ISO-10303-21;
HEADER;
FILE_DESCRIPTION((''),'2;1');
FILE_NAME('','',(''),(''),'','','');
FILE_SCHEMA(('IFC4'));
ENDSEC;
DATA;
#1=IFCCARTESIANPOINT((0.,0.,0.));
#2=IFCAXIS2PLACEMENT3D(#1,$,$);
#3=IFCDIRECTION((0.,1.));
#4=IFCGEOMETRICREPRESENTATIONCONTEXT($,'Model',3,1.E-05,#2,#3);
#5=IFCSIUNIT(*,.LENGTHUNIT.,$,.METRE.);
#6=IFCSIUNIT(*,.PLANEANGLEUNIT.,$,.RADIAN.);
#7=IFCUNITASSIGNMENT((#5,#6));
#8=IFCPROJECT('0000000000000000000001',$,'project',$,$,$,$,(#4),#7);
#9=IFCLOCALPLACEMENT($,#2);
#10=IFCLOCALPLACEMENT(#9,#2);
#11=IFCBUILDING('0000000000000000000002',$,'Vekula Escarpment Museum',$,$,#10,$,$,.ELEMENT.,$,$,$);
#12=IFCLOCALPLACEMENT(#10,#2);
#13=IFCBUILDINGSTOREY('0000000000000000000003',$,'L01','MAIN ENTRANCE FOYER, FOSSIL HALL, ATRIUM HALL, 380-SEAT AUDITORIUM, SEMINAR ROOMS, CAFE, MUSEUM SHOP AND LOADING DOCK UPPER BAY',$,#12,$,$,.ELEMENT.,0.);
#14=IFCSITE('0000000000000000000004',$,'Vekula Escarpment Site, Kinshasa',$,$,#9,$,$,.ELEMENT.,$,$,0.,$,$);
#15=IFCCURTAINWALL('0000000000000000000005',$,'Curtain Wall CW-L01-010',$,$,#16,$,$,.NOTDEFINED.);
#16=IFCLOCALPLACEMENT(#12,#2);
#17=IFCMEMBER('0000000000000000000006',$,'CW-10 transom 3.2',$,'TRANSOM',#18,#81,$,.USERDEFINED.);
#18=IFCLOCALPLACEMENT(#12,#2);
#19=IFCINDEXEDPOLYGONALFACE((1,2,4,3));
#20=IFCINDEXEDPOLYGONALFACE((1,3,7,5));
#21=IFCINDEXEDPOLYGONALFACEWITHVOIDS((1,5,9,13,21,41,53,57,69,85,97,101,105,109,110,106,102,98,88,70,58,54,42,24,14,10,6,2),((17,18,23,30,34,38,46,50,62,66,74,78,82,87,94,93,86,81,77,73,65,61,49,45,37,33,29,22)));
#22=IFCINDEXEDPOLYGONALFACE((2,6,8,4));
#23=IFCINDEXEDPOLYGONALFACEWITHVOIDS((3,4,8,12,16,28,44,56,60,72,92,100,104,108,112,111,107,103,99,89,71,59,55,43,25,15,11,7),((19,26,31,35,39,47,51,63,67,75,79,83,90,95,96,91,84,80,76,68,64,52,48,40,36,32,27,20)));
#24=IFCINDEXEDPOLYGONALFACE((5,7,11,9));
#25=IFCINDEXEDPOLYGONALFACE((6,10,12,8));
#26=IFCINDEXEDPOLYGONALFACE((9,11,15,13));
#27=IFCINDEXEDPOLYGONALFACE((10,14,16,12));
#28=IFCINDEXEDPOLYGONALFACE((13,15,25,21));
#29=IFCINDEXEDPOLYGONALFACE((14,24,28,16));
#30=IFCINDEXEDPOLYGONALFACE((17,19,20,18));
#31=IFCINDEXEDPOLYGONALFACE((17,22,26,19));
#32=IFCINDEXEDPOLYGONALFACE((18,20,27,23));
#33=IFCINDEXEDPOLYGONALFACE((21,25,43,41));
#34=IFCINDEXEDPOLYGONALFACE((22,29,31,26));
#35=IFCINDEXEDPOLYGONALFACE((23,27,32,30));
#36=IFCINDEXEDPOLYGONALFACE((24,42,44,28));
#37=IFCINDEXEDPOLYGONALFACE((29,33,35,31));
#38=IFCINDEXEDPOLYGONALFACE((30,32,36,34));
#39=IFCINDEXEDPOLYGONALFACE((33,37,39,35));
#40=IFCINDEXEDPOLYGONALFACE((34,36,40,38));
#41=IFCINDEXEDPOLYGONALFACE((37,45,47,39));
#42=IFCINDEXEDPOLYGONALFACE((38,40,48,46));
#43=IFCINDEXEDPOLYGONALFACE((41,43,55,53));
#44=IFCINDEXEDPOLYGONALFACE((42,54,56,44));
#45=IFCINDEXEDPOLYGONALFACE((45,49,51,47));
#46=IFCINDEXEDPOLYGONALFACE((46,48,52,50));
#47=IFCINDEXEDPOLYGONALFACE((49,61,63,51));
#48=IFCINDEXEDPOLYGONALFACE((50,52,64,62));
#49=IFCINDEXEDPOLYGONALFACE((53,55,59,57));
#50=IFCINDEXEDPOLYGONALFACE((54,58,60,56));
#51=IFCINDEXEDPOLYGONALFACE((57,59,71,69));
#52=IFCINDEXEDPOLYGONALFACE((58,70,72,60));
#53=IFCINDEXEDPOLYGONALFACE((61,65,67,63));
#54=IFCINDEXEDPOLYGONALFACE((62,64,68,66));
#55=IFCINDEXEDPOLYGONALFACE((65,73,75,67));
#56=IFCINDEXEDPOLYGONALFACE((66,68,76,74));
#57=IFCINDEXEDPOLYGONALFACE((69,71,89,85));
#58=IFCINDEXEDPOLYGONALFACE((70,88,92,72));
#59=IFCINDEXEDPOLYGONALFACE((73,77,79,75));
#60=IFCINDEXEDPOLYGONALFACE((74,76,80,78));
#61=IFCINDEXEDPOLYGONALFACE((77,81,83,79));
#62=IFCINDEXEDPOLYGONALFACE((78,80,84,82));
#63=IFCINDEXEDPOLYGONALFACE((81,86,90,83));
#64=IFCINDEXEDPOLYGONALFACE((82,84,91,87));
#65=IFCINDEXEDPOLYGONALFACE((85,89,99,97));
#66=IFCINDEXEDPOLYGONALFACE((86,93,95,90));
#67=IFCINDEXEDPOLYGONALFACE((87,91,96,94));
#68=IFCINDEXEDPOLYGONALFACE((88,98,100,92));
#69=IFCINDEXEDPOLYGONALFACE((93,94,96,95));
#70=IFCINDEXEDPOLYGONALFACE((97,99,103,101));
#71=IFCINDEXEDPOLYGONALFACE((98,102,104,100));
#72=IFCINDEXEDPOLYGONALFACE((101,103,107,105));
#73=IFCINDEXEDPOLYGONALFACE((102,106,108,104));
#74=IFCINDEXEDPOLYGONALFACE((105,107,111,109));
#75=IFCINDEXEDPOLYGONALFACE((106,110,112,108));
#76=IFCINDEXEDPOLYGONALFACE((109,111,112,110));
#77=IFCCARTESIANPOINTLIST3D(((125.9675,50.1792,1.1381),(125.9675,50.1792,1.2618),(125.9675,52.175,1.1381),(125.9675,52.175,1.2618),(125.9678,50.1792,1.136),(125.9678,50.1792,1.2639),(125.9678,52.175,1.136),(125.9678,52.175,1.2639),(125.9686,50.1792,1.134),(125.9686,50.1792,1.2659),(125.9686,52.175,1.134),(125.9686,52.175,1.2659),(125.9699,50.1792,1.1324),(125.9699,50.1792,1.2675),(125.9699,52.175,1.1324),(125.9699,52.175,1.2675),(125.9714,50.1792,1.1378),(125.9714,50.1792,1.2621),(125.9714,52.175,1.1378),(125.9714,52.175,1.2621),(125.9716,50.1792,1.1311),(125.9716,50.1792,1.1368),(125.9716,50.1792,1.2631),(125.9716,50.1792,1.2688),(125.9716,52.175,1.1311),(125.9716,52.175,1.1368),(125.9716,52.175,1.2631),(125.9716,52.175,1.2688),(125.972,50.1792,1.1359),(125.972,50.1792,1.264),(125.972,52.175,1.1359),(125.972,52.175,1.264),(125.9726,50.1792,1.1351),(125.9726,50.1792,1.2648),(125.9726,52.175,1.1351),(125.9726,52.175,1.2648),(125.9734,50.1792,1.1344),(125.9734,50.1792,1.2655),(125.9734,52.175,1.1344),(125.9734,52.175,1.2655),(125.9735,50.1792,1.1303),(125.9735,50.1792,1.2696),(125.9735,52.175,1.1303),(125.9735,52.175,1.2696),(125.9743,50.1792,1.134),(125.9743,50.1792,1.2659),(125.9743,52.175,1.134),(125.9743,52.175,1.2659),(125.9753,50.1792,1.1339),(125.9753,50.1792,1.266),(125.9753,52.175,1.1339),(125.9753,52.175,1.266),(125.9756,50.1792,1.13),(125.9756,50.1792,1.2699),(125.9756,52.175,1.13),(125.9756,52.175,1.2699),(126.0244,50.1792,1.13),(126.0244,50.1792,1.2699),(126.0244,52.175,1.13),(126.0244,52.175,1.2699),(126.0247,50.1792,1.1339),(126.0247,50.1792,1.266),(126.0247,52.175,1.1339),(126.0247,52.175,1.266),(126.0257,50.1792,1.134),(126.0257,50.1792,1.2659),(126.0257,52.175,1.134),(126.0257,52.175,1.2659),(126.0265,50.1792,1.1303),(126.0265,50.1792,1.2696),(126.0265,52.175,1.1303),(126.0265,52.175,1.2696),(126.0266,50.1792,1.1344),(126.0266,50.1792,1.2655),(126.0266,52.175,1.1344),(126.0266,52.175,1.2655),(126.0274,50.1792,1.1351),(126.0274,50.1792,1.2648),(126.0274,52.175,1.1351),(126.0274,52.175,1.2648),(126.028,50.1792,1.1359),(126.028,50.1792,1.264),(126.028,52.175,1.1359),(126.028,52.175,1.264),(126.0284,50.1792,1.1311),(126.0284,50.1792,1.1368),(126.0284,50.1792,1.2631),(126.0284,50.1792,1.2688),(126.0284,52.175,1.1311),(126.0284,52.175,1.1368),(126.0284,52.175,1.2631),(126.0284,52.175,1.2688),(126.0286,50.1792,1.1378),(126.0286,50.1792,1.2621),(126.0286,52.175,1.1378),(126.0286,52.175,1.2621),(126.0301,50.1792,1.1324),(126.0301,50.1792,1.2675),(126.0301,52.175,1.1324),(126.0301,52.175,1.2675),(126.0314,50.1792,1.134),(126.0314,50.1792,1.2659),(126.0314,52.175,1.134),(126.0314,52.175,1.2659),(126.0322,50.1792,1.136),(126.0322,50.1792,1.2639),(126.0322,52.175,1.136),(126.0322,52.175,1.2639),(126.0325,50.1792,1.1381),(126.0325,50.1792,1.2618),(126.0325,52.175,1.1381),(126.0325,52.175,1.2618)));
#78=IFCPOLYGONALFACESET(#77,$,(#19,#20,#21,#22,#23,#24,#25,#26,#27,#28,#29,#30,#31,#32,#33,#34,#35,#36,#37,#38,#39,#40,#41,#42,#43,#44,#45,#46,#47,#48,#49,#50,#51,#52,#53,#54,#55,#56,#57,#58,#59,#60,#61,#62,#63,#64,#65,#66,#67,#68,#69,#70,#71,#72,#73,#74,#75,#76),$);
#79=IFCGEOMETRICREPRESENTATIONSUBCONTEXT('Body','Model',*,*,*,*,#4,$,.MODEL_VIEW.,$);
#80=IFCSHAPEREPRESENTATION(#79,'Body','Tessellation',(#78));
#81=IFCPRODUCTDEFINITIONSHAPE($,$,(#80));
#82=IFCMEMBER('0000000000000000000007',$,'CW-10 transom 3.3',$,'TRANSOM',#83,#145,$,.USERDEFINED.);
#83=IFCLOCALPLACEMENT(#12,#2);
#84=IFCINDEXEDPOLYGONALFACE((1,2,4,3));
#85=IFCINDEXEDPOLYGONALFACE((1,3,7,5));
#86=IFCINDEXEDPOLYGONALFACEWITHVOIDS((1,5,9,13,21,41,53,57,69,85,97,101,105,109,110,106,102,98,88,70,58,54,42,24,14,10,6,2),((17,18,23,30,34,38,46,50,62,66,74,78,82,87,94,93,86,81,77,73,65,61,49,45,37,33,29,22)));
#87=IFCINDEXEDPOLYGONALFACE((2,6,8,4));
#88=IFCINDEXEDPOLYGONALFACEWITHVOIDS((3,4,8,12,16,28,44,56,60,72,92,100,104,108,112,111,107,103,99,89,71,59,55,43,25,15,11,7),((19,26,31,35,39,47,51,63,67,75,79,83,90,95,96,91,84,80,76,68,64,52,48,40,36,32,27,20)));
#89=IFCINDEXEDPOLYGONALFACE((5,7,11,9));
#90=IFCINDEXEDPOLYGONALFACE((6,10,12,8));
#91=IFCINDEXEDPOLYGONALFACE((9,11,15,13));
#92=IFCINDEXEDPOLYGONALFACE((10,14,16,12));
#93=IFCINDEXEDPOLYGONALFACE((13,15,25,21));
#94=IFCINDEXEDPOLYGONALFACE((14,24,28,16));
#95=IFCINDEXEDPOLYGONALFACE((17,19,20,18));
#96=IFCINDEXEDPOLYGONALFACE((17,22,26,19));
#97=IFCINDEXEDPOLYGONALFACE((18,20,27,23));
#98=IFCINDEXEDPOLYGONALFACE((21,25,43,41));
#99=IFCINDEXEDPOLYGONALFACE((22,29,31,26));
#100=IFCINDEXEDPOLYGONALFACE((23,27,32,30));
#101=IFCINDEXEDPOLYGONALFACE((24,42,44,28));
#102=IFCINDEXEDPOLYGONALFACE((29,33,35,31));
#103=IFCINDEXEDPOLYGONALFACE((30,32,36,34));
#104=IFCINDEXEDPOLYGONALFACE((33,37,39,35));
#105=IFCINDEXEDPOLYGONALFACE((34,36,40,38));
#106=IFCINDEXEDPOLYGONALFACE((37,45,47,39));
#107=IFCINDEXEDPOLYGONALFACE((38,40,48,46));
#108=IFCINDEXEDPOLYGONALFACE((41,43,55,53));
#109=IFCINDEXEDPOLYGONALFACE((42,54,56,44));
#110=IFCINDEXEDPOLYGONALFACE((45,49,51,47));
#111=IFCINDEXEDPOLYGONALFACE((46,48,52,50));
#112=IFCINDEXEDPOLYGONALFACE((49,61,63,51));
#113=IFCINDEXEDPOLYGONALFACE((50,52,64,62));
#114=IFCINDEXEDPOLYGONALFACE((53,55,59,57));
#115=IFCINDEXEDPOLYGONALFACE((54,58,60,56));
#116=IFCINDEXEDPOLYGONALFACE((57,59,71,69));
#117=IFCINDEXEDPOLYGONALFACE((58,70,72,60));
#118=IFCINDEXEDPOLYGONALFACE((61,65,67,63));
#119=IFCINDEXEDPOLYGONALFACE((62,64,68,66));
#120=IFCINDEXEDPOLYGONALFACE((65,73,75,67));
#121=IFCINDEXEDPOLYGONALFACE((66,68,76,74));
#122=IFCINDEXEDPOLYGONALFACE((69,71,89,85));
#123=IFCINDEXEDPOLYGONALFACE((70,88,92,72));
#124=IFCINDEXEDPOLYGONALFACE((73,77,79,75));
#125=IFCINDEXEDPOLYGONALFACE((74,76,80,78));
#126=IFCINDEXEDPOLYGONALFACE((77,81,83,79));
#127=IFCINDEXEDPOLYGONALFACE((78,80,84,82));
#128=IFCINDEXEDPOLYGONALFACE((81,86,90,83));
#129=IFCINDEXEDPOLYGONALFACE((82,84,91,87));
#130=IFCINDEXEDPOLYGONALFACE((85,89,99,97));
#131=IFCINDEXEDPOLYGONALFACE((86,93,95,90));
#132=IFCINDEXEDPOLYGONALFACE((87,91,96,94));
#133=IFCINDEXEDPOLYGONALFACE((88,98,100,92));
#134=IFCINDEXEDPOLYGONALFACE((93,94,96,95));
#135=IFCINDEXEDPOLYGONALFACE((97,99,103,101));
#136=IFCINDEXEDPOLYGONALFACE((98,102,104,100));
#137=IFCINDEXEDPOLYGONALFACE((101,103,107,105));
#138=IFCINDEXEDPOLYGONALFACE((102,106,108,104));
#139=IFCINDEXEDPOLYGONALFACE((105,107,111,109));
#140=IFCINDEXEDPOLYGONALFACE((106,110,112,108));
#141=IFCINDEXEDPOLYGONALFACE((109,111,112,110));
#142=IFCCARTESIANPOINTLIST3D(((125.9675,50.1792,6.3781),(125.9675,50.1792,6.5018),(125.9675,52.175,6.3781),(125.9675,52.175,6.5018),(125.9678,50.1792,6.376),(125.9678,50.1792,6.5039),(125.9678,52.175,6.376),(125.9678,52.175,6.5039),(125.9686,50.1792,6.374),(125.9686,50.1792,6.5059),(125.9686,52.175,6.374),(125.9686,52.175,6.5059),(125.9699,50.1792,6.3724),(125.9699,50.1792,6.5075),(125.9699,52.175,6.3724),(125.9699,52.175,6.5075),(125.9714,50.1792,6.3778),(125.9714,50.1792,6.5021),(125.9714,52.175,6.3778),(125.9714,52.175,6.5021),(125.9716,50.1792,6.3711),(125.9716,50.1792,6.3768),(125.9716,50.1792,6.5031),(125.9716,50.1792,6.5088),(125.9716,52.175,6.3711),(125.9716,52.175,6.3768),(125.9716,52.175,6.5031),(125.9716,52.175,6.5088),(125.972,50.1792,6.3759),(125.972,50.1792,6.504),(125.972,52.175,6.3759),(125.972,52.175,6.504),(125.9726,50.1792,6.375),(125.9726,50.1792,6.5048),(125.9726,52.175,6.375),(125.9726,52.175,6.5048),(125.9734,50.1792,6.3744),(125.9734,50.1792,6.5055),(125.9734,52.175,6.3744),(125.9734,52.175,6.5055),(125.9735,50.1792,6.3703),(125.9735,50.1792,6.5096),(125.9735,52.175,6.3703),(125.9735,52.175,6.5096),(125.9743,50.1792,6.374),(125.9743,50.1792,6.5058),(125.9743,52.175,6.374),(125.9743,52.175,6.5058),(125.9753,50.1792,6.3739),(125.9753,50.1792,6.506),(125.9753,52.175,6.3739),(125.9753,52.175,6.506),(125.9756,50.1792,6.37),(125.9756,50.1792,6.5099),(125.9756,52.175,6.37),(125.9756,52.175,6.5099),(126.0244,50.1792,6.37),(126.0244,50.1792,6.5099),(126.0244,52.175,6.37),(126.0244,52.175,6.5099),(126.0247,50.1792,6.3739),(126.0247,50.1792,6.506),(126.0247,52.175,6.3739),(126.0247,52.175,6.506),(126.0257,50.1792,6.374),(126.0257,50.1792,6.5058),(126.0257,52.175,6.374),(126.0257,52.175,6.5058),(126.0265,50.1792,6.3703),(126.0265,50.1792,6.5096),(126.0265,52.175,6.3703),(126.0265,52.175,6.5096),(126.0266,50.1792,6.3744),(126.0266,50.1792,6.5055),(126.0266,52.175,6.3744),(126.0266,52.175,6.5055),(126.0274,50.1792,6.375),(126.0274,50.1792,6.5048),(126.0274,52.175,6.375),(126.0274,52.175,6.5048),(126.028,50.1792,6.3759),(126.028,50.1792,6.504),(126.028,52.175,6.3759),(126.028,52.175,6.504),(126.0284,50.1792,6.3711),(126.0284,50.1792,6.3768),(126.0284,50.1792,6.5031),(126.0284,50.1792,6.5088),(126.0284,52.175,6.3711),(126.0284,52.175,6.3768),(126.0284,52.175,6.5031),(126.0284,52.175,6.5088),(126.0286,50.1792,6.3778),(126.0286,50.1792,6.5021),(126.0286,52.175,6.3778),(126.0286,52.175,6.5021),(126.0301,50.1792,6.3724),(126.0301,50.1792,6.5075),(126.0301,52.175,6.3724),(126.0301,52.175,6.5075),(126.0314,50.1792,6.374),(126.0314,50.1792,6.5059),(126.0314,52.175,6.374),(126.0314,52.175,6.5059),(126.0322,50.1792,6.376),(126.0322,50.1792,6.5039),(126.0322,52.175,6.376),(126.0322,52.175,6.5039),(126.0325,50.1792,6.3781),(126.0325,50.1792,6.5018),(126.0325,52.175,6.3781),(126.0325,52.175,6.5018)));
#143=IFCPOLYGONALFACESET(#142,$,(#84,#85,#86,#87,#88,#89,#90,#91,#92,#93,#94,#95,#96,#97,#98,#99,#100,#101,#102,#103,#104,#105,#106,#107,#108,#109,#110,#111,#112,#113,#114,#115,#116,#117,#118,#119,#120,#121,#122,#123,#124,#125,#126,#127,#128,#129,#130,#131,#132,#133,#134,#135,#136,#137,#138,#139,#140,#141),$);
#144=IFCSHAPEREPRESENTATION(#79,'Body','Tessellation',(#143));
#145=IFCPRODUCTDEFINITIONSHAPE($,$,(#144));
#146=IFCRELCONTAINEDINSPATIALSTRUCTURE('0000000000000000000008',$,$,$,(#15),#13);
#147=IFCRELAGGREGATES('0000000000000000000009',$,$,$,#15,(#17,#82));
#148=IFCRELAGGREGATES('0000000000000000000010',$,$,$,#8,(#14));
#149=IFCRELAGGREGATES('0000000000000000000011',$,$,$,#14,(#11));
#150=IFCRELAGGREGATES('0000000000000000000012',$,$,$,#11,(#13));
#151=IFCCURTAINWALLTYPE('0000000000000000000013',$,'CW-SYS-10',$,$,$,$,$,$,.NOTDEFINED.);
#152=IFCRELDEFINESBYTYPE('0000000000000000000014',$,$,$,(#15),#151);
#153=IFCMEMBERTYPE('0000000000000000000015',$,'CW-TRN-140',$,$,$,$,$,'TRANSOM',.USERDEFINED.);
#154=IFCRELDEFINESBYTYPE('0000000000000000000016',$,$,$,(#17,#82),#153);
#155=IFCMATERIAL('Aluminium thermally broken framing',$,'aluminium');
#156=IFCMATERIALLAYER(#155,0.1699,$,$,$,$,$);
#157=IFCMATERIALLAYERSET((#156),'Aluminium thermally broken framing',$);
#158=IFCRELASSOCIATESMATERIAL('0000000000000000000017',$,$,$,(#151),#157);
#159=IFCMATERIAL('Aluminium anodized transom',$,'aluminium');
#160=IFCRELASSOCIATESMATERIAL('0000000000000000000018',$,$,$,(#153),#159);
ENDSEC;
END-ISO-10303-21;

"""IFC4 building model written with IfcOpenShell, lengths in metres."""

from ifc_helpers import new_model, si_unit, direction, frame, origin, origin_2d, place, context, subcontext, project, spatial, hollow_rectangle, extrude, material, layer, layer_set, material_profile, profile_set, type_object, element, aggregate, save


model = new_model("IFC4")

# Units and contexts
model_context = context("Model", 3, precision=1e-05, world=origin(), true_north=direction((0.0, 1.0)))
body_context = subcontext(model_context, "Body", "Model", "MODEL_VIEW")
ifc_project = project(units=[si_unit("LENGTHUNIT", "METRE"), si_unit("PLANEANGLEUNIT", "RADIAN")], contexts=[model_context])

# Site, building, storey
site_placement = place(None, origin())
site = spatial("IfcSite", under=ifc_project, at=site_placement, Name="Vekula Escarpment Site, Kinshasa", CompositionType="ELEMENT", RefElevation=0.0)
building_placement = place(site_placement, origin())
building = spatial("IfcBuilding", under=site, at=building_placement, Name="Vekula Escarpment Museum", CompositionType="ELEMENT")
storey_placement = place(building_placement, origin())
storey = spatial("IfcBuildingStorey", under=building, at=storey_placement, Name="L01", Description="MAIN ENTRANCE FOYER, FOSSIL HALL, ATRIUM HALL, 380-SEAT AUDITORIUM, SEMINAR ROOMS, CAFE, MUSEUM SHOP AND LOADING DOCK UPPER BAY", CompositionType="ELEMENT", Elevation=0.0)

# Curtain wall
ifc_material_1 = material(Name="Aluminium thermally broken framing", Category="aluminium")
ifc_layer_1 = layer(ifc_material_1, 0.1699)
ifc_layer_set_1 = layer_set([ifc_layer_1], Name="Aluminium thermally broken framing")
curtain_wall_type_1 = type_object("IfcCurtainWallType", Name="CW-SYS-10", PredefinedType="NOTDEFINED", material=ifc_layer_set_1)
curtain_wall_1_placement = place(storey_placement, origin())
curtain_wall_1 = element("IfcCurtainWall", 1, at=curtain_wall_1_placement, inside=storey, type_object=curtain_wall_type_1, Name="Curtain Wall CW-L01-010", PredefinedType="NOTDEFINED")

# Members
ifc_material_2 = material(Name="Aluminium anodized transom", Category="aluminium")
ifc_material_profile_1 = material_profile(ifc_material_2, hollow_rectangle(XDim=0.0649, YDim=0.1399, WallThickness=0.0039, InnerFilletRadius=0.0039, OuterFilletRadius=0.0081, at=origin_2d()), Name="ALU 140x65x4")
ifc_profile_set_1 = profile_set([ifc_material_profile_1], Name="Aluminium anodized transom")
member_type_1 = type_object("IfcMemberType", Name="CW-TRN-140", ElementType="TRANSOM", PredefinedType="USERDEFINED", material=ifc_profile_set_1)
member_1_placement = place(storey_placement, frame((126.0, 50.1792, 1.2), z_axis=(0.0, 1.0, 0.0), x_axis=(-1.0, 0.0, 0.0)))
member_1 = element("IfcMember", 2, at=member_1_placement, type_object=member_type_1, Name="CW-10 transom 3.2", ObjectType="TRANSOM", PredefinedType="USERDEFINED", context=body_context, shape_type="SweptSolid", body=[
    extrude(hollow_rectangle(XDim=0.0649, YDim=0.1399, WallThickness=0.0039, InnerFilletRadius=0.0039, OuterFilletRadius=0.0081, at=origin_2d()), origin(), (0.0, 0.0, 1.0), 1.9958),
])
member_2_placement = place(storey_placement, frame((126.0, 50.1792, 6.4399), z_axis=(0.0, 1.0, 0.0), x_axis=(-1.0, 0.0, 0.0)))
member_2 = element("IfcMember", 3, at=member_2_placement, type_object=member_type_1, Name="CW-10 transom 3.3", ObjectType="TRANSOM", PredefinedType="USERDEFINED", context=body_context, shape_type="SweptSolid", body=[
    extrude(hollow_rectangle(XDim=0.0649, YDim=0.1399, WallThickness=0.0039, InnerFilletRadius=0.0039, OuterFilletRadius=0.0081, at=origin_2d()), origin(), (0.0, 0.0, 1.0), 1.9958),
])

aggregate(curtain_wall_1, [member_1, member_2])

save(model, "model.ifc")
